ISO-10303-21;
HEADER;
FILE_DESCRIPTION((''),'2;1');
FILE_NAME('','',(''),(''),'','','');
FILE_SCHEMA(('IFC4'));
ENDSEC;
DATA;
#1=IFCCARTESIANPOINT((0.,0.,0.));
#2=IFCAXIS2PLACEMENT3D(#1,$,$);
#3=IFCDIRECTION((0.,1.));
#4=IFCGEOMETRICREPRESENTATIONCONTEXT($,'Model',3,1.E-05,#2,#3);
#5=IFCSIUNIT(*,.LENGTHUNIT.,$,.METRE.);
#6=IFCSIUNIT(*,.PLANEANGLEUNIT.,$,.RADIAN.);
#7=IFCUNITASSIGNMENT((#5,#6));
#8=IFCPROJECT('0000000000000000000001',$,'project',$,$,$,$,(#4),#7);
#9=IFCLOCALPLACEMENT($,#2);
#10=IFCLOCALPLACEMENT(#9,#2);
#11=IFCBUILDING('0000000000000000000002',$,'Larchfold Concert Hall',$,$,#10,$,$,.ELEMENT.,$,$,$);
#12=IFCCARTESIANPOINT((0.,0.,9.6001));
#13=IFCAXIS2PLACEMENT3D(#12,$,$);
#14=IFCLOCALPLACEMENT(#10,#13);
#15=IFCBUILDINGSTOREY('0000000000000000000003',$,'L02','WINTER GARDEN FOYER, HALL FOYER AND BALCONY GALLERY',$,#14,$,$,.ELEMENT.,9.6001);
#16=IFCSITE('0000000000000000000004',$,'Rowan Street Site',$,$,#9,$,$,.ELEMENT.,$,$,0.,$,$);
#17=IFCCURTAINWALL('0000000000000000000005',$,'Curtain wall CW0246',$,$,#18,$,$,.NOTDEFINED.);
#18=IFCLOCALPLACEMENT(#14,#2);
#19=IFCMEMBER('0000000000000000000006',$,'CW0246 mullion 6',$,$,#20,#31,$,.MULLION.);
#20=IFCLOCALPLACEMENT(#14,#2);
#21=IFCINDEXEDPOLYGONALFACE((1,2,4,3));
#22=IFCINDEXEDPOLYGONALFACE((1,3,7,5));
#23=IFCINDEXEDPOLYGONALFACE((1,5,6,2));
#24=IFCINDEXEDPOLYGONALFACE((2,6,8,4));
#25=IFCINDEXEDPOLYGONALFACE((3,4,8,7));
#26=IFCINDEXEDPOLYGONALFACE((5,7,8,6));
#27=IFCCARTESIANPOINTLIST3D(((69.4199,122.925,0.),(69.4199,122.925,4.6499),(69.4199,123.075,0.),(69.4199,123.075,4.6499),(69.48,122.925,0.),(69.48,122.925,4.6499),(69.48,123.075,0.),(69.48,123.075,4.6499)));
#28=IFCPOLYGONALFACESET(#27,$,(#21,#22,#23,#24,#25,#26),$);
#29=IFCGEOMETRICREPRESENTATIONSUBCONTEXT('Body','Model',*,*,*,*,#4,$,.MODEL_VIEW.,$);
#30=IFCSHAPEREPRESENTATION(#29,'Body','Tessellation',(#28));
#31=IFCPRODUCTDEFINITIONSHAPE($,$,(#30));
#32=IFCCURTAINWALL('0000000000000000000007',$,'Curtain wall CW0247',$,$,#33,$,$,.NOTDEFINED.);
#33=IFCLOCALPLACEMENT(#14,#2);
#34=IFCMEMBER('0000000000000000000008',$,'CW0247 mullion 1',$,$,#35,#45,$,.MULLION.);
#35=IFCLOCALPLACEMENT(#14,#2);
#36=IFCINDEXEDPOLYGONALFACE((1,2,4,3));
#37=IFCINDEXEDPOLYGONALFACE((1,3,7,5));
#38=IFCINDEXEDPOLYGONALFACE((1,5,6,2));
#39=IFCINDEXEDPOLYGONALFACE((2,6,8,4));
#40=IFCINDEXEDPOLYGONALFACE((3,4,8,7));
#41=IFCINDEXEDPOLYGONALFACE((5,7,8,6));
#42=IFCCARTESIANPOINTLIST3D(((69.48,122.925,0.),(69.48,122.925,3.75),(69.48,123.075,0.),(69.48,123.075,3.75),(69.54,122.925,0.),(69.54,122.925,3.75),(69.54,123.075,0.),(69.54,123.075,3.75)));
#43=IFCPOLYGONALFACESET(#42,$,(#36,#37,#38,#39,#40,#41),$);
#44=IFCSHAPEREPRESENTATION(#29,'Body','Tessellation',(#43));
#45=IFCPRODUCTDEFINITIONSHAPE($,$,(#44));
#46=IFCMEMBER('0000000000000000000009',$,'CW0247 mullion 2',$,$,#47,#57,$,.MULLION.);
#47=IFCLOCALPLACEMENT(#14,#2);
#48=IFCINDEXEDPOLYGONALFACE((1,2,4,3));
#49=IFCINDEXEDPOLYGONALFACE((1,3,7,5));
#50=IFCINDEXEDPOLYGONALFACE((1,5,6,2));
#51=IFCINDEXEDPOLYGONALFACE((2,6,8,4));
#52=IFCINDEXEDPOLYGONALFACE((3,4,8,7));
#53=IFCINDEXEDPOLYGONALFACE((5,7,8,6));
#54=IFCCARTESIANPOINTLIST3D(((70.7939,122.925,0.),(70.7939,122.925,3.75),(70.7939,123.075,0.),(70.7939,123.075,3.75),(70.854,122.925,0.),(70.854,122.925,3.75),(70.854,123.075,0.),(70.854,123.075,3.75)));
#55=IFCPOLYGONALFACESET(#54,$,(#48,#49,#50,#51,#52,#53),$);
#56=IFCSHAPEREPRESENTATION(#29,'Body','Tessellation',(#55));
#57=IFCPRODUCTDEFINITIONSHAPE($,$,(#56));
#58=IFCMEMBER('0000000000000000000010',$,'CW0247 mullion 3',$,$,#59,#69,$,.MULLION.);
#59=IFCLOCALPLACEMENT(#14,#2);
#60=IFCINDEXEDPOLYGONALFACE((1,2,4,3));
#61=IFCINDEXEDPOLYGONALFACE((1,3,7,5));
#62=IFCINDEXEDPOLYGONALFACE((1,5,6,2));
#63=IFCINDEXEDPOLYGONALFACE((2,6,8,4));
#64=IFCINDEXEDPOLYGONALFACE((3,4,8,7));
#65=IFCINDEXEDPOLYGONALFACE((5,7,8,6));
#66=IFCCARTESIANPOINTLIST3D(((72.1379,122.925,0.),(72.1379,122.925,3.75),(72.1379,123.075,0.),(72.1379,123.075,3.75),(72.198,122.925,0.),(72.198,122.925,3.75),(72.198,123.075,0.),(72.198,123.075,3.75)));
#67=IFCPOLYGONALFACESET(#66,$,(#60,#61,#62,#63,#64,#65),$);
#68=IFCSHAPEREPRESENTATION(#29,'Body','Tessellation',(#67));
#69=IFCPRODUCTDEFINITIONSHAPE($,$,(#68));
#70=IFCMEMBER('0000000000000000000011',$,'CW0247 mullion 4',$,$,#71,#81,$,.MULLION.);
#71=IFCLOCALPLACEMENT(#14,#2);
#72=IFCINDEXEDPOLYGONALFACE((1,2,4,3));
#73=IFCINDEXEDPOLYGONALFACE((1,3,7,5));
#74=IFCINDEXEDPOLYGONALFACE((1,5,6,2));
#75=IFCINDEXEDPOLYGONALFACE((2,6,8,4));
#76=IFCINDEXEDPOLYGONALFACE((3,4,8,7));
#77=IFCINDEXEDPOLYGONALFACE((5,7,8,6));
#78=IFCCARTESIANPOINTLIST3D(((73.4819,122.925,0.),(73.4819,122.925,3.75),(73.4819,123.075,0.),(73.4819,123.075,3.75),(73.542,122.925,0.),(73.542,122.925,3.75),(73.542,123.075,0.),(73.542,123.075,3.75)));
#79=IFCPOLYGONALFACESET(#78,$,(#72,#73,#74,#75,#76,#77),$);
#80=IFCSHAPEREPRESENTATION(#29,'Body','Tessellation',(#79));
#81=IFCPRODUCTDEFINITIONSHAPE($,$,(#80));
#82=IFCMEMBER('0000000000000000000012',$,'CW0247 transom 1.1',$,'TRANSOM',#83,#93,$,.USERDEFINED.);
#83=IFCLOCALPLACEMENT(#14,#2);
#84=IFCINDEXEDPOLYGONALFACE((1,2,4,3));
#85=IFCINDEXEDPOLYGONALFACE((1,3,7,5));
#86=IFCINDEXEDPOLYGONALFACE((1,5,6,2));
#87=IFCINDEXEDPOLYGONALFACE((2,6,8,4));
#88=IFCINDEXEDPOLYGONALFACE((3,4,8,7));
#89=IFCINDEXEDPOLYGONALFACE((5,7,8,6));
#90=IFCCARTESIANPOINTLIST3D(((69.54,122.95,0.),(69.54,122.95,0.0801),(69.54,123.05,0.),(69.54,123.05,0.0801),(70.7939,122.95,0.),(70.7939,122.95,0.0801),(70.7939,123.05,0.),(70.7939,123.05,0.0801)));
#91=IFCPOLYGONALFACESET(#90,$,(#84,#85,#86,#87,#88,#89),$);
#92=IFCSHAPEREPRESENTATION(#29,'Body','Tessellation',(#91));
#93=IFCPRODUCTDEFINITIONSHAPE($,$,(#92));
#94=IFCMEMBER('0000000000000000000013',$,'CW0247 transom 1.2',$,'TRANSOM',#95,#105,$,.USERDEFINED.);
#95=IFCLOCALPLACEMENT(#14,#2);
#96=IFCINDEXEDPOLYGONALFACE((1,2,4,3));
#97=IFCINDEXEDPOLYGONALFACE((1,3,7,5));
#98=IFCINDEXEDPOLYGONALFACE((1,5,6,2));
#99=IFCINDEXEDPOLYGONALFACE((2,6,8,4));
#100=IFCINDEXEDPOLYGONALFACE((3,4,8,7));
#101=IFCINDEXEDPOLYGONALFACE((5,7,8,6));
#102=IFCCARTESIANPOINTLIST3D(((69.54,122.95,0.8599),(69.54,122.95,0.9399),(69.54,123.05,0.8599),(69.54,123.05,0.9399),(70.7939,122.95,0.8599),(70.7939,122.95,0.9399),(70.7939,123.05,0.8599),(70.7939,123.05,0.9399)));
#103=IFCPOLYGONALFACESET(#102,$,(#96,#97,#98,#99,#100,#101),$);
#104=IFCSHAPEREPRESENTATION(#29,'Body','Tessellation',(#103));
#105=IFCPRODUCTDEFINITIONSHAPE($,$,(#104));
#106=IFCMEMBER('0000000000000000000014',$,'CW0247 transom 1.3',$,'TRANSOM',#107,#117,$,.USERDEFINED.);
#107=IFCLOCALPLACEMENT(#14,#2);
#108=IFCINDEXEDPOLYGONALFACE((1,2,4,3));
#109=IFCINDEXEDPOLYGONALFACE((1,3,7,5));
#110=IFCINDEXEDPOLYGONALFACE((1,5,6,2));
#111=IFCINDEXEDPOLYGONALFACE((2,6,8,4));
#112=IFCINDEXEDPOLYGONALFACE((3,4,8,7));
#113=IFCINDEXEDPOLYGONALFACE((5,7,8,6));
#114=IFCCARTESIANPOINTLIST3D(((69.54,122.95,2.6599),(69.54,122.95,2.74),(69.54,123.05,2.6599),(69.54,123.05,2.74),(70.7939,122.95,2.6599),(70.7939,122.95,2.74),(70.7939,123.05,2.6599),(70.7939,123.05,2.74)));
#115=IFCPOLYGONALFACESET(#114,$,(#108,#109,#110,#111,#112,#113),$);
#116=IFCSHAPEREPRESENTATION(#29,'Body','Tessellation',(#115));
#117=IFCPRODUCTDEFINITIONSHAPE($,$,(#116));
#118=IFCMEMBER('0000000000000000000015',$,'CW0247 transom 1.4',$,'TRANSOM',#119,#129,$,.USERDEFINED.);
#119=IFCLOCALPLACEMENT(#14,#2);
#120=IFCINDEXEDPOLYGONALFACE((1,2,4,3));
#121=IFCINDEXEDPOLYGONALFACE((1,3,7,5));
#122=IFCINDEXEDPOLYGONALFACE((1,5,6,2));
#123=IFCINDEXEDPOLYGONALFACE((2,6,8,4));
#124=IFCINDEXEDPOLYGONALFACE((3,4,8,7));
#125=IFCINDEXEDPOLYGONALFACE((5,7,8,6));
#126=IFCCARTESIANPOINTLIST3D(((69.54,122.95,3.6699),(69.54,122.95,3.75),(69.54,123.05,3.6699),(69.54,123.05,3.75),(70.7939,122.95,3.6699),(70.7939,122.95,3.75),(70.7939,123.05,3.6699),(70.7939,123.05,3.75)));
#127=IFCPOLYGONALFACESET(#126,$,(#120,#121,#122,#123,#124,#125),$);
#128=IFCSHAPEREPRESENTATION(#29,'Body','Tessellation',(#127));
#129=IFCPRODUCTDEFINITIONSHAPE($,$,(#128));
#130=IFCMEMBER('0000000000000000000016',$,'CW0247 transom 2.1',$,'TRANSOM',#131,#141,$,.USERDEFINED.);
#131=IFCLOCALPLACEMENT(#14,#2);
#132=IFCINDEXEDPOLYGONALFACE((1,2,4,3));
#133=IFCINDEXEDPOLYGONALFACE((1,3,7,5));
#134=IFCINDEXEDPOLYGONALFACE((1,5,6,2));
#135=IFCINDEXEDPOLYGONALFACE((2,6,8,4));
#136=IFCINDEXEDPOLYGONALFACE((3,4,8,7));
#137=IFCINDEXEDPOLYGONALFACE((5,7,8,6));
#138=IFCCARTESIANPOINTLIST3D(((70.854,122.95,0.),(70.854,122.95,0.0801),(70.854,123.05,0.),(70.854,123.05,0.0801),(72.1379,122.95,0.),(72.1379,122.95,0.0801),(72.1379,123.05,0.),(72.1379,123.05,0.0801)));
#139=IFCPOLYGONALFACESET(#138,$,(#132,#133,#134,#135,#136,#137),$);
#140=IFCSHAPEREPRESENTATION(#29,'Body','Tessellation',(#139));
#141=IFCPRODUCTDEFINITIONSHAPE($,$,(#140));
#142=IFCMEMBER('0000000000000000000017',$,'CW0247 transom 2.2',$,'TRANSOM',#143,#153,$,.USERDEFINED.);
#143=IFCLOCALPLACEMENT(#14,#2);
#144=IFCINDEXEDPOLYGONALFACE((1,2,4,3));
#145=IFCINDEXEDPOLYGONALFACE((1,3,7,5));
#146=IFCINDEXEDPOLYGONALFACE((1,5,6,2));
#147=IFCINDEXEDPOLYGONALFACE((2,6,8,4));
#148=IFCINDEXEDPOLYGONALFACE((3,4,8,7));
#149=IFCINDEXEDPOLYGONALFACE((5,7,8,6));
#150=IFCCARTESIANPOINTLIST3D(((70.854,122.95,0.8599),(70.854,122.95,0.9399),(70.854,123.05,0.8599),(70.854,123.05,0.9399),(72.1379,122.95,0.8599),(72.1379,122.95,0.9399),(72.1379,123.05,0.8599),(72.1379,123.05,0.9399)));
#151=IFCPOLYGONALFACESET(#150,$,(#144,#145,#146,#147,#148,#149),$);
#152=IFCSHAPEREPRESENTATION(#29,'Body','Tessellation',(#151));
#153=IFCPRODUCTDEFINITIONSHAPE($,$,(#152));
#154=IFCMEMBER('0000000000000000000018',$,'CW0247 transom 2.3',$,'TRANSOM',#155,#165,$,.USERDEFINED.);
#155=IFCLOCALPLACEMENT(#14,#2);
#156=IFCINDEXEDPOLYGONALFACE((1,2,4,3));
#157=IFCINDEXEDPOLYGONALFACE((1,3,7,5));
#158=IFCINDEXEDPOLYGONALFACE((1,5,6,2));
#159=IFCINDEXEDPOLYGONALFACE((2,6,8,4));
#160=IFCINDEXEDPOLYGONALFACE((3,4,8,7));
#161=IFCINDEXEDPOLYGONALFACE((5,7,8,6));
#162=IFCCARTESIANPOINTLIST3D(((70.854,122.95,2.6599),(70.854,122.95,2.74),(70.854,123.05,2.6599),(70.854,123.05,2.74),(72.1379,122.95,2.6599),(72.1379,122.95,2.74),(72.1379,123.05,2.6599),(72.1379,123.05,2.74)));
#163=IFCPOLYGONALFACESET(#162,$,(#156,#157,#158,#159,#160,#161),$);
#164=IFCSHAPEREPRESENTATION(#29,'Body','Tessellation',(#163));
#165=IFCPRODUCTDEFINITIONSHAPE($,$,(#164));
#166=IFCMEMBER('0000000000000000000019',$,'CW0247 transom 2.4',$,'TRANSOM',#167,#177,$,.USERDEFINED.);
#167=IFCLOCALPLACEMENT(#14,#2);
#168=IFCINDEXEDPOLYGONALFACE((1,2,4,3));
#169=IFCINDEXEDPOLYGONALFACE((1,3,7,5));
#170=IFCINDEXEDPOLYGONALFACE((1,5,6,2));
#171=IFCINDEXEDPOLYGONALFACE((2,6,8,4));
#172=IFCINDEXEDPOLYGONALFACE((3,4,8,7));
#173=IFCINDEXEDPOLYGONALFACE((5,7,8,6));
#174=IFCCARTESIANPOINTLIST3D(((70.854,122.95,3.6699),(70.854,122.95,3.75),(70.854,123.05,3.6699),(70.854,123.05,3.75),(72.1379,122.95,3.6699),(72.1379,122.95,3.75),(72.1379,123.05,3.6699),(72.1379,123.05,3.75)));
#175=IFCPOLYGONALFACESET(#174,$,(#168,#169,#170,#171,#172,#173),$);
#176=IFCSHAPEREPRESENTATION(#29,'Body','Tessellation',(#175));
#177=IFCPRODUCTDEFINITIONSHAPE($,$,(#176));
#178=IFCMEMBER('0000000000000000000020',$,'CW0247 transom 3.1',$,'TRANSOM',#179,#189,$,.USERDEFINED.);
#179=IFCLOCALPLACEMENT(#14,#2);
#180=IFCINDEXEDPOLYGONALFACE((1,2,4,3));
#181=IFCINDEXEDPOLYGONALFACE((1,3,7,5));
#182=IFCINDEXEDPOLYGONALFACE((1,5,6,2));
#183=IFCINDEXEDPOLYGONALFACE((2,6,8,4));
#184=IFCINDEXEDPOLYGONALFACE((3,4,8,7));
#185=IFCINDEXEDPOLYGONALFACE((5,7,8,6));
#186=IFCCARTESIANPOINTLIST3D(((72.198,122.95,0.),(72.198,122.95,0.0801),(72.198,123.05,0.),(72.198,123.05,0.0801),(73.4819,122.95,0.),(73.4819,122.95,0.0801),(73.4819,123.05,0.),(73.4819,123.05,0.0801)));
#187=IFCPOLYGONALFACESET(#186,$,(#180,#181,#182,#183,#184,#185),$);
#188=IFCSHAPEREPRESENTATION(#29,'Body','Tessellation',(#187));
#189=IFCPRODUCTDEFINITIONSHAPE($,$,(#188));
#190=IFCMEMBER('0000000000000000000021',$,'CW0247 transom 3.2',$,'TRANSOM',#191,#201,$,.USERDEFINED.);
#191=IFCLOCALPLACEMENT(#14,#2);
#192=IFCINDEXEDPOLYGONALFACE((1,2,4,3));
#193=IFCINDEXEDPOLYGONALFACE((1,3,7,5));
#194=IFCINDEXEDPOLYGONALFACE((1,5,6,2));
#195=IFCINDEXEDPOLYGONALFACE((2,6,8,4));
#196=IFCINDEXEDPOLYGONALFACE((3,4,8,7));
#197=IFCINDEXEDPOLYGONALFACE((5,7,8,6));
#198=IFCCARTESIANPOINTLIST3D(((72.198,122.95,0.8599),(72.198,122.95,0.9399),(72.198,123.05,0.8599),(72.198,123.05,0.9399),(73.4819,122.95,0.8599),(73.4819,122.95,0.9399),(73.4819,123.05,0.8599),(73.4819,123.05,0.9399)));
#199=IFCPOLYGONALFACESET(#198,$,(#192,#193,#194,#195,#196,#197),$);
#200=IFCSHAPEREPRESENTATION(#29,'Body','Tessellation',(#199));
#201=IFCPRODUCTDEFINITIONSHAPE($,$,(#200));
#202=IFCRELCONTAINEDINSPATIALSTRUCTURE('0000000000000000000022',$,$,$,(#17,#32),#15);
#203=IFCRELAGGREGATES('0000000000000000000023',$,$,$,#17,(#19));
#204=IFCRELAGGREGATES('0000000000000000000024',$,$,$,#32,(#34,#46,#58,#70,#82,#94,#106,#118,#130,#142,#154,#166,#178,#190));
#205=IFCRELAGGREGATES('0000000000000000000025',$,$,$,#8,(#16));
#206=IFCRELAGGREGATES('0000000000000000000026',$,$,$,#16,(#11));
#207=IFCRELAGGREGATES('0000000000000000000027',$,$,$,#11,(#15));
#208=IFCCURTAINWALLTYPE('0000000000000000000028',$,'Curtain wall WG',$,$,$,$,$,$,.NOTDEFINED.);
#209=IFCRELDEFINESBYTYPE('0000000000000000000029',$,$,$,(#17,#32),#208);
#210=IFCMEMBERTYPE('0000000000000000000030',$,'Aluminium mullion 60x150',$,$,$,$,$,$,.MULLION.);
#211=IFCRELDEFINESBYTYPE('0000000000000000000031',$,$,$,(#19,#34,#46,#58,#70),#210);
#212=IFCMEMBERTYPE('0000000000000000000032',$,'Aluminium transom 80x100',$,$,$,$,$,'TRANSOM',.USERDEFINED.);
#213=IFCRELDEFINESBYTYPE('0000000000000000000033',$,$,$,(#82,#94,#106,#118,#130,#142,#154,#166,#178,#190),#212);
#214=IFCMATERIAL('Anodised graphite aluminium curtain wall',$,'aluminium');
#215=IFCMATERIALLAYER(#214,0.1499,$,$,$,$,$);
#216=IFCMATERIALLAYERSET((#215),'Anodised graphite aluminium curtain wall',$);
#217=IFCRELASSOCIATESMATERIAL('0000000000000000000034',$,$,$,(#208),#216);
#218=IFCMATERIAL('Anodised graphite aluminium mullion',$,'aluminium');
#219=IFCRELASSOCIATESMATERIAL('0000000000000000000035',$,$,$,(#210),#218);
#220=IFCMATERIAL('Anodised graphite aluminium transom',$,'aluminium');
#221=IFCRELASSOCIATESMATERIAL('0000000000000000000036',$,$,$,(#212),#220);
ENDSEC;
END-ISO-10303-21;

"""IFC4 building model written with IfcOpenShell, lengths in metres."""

from ifc_helpers import new_model, si_unit, direction, frame, origin, origin_2d, place, context, subcontext, project, spatial, rectangle, extrude, material, layer, layer_set, material_profile, profile_set, type_object, element, aggregate, save


model = new_model("IFC4")

# Units and contexts
model_context = context("Model", 3, precision=1e-05, world=origin(), true_north=direction((0.0, 1.0)))
body_context = subcontext(model_context, "Body", "Model", "MODEL_VIEW")
ifc_project = project(units=[si_unit("LENGTHUNIT", "METRE"), si_unit("PLANEANGLEUNIT", "RADIAN")], contexts=[model_context])

# Site, building, storey
site_placement = place(None, origin())
site = spatial("IfcSite", under=ifc_project, at=site_placement, Name="Rowan Street Site", CompositionType="ELEMENT", RefElevation=0.0)
building_placement = place(site_placement, origin())
building = spatial("IfcBuilding", under=site, at=building_placement, Name="Larchfold Concert Hall", CompositionType="ELEMENT")
storey_placement = place(building_placement, frame((0.0, 0.0, 9.6001)))
storey = spatial("IfcBuildingStorey", under=building, at=storey_placement, Name="L02", Description="WINTER GARDEN FOYER, HALL FOYER AND BALCONY GALLERY", CompositionType="ELEMENT", Elevation=9.6001)

# Curtain wall, member
ifc_material_1 = material(Name="Anodised graphite aluminium curtain wall", Category="aluminium")
ifc_layer_1 = layer(ifc_material_1, 0.1499)
ifc_layer_set_1 = layer_set([ifc_layer_1], Name="Anodised graphite aluminium curtain wall")
curtain_wall_type = type_object("IfcCurtainWallType", Name="Curtain wall WG", PredefinedType="NOTDEFINED", material=ifc_layer_set_1)
curtain_wall_1_placement = place(storey_placement, origin())
curtain_wall_1 = element("IfcCurtainWall", 1, at=curtain_wall_1_placement, inside=storey, type_object=curtain_wall_type, Name="Curtain wall CW0246", PredefinedType="NOTDEFINED")
ifc_material_2 = material(Name="Anodised graphite aluminium mullion", Category="aluminium")
ifc_material_profile_1 = material_profile(ifc_material_2, rectangle(XDim=0.1499, YDim=0.0601, at=origin_2d()))
ifc_profile_set_1 = profile_set([ifc_material_profile_1], Name="Anodised graphite aluminium mullion")
member_type_1 = type_object("IfcMemberType", Name="Aluminium mullion 60x150", PredefinedType="MULLION", material=ifc_profile_set_1)
member_1_placement = place(storey_placement, frame((69.45, 123.0, 0.0), z_axis=(0.0, 0.0, 1.0), x_axis=(0.0, 1.0, 0.0)))
member_1 = element("IfcMember", 2, at=member_1_placement, type_object=member_type_1, Name="CW0246 mullion 6", PredefinedType="MULLION", context=body_context, shape_type="SweptSolid", body=[
    extrude(rectangle(XDim=0.1499, YDim=0.0601, at=origin_2d()), origin(), (0.0, 0.0, 1.0), 4.6499),
])
aggregate(curtain_wall_1, [member_1])

# Curtain wall, members
curtain_wall_2_placement = place(storey_placement, origin())
curtain_wall_2 = element("IfcCurtainWall", 3, at=curtain_wall_2_placement, inside=storey, type_object=curtain_wall_type, Name="Curtain wall CW0247", PredefinedType="NOTDEFINED")
member_2_placement = place(storey_placement, frame((69.51, 123.0, 0.0), z_axis=(0.0, 0.0, 1.0), x_axis=(0.0, 1.0, 0.0)))
member_2 = element("IfcMember", 4, at=member_2_placement, type_object=member_type_1, Name="CW0247 mullion 1", PredefinedType="MULLION", context=body_context, shape_type="SweptSolid", body=[
    extrude(rectangle(XDim=0.1499, YDim=0.0601, at=origin_2d()), origin(), (0.0, 0.0, 1.0), 3.75),
])
member_3_placement = place(storey_placement, frame((70.824, 123.0, 0.0), z_axis=(0.0, 0.0, 1.0), x_axis=(0.0, 1.0, 0.0)))
member_3 = element("IfcMember", 5, at=member_3_placement, type_object=member_type_1, Name="CW0247 mullion 2", PredefinedType="MULLION", context=body_context, shape_type="SweptSolid", body=[
    extrude(rectangle(XDim=0.1499, YDim=0.0601, at=origin_2d()), origin(), (0.0, 0.0, 1.0), 3.75),
])
member_4_placement = place(storey_placement, frame((72.168, 123.0, 0.0), z_axis=(0.0, 0.0, 1.0), x_axis=(0.0, 1.0, 0.0)))
member_4 = element("IfcMember", 6, at=member_4_placement, type_object=member_type_1, Name="CW0247 mullion 3", PredefinedType="MULLION", context=body_context, shape_type="SweptSolid", body=[
    extrude(rectangle(XDim=0.1499, YDim=0.0601, at=origin_2d()), origin(), (0.0, 0.0, 1.0), 3.75),
])
member_5_placement = place(storey_placement, frame((73.512, 123.0, 0.0), z_axis=(0.0, 0.0, 1.0), x_axis=(0.0, 1.0, 0.0)))
member_5 = element("IfcMember", 7, at=member_5_placement, type_object=member_type_1, Name="CW0247 mullion 4", PredefinedType="MULLION", context=body_context, shape_type="SweptSolid", body=[
    extrude(rectangle(XDim=0.1499, YDim=0.0601, at=origin_2d()), origin(), (0.0, 0.0, 1.0), 3.75),
])
ifc_material_3 = material(Name="Anodised graphite aluminium transom", Category="aluminium")
ifc_material_profile_2 = material_profile(ifc_material_3, rectangle(XDim=0.1001, YDim=0.0801, at=origin_2d()))
ifc_profile_set_2 = profile_set([ifc_material_profile_2], Name="Anodised graphite aluminium transom")
member_type_2 = type_object("IfcMemberType", Name="Aluminium transom 80x100", ElementType="TRANSOM", PredefinedType="USERDEFINED", material=ifc_profile_set_2)
member_6_placement = place(storey_placement, frame((69.54, 123.0, 0.04), z_axis=(1.0, 0.0, 0.0), x_axis=(0.0, 1.0, 0.0)))
member_6 = element("IfcMember", 8, at=member_6_placement, type_object=member_type_2, Name="CW0247 transom 1.1", ObjectType="TRANSOM", PredefinedType="USERDEFINED", context=body_context, shape_type="SweptSolid", body=[
    extrude(rectangle(XDim=0.1001, YDim=0.0801, at=origin_2d()), origin(), (0.0, 0.0, 1.0), 1.2539),
])
member_7_placement = place(storey_placement, frame((69.54, 123.0, 0.8999), z_axis=(1.0, 0.0, 0.0), x_axis=(0.0, 1.0, 0.0)))
member_7 = element("IfcMember", 9, at=member_7_placement, type_object=member_type_2, Name="CW0247 transom 1.2", ObjectType="TRANSOM", PredefinedType="USERDEFINED", context=body_context, shape_type="SweptSolid", body=[
    extrude(rectangle(XDim=0.1001, YDim=0.0801, at=origin_2d()), origin(), (0.0, 0.0, 1.0), 1.2539),
])
member_8_placement = place(storey_placement, frame((69.54, 123.0, 2.7), z_axis=(1.0, 0.0, 0.0), x_axis=(0.0, 1.0, 0.0)))
member_8 = element("IfcMember", 10, at=member_8_placement, type_object=member_type_2, Name="CW0247 transom 1.3", ObjectType="TRANSOM", PredefinedType="USERDEFINED", context=body_context, shape_type="SweptSolid", body=[
    extrude(rectangle(XDim=0.1001, YDim=0.0801, at=origin_2d()), origin(), (0.0, 0.0, 1.0), 1.2539),
])
member_9_placement = place(storey_placement, frame((69.54, 123.0, 3.71), z_axis=(1.0, 0.0, 0.0), x_axis=(0.0, 1.0, 0.0)))
member_9 = element("IfcMember", 11, at=member_9_placement, type_object=member_type_2, Name="CW0247 transom 1.4", ObjectType="TRANSOM", PredefinedType="USERDEFINED", context=body_context, shape_type="SweptSolid", body=[
    extrude(rectangle(XDim=0.1001, YDim=0.0801, at=origin_2d()), origin(), (0.0, 0.0, 1.0), 1.2539),
])
member_10_placement = place(storey_placement, frame((70.854, 123.0, 0.04), z_axis=(1.0, 0.0, 0.0), x_axis=(0.0, 1.0, 0.0)))
member_10 = element("IfcMember", 12, at=member_10_placement, type_object=member_type_2, Name="CW0247 transom 2.1", ObjectType="TRANSOM", PredefinedType="USERDEFINED", context=body_context, shape_type="SweptSolid", body=[
    extrude(rectangle(XDim=0.1001, YDim=0.0801, at=origin_2d()), origin(), (0.0, 0.0, 1.0), 1.2839),
])
member_11_placement = place(storey_placement, frame((70.854, 123.0, 0.8999), z_axis=(1.0, 0.0, 0.0), x_axis=(0.0, 1.0, 0.0)))
member_11 = element("IfcMember", 13, at=member_11_placement, type_object=member_type_2, Name="CW0247 transom 2.2", ObjectType="TRANSOM", PredefinedType="USERDEFINED", context=body_context, shape_type="SweptSolid", body=[
    extrude(rectangle(XDim=0.1001, YDim=0.0801, at=origin_2d()), origin(), (0.0, 0.0, 1.0), 1.2839),
])
member_12_placement = place(storey_placement, frame((70.854, 123.0, 2.7), z_axis=(1.0, 0.0, 0.0), x_axis=(0.0, 1.0, 0.0)))
member_12 = element("IfcMember", 14, at=member_12_placement, type_object=member_type_2, Name="CW0247 transom 2.3", ObjectType="TRANSOM", PredefinedType="USERDEFINED", context=body_context, shape_type="SweptSolid", body=[
    extrude(rectangle(XDim=0.1001, YDim=0.0801, at=origin_2d()), origin(), (0.0, 0.0, 1.0), 1.2839),
])
member_13_placement = place(storey_placement, frame((70.854, 123.0, 3.71), z_axis=(1.0, 0.0, 0.0), x_axis=(0.0, 1.0, 0.0)))
member_13 = element("IfcMember", 15, at=member_13_placement, type_object=member_type_2, Name="CW0247 transom 2.4", ObjectType="TRANSOM", PredefinedType="USERDEFINED", context=body_context, shape_type="SweptSolid", body=[
    extrude(rectangle(XDim=0.1001, YDim=0.0801, at=origin_2d()), origin(), (0.0, 0.0, 1.0), 1.2839),
])
member_14_placement = place(storey_placement, frame((72.198, 123.0, 0.04), z_axis=(1.0, 0.0, 0.0), x_axis=(0.0, 1.0, 0.0)))
member_14 = element("IfcMember", 16, at=member_14_placement, type_object=member_type_2, Name="CW0247 transom 3.1", ObjectType="TRANSOM", PredefinedType="USERDEFINED", context=body_context, shape_type="SweptSolid", body=[
    extrude(rectangle(XDim=0.1001, YDim=0.0801, at=origin_2d()), origin(), (0.0, 0.0, 1.0), 1.2839),
])
member_15_placement = place(storey_placement, frame((72.198, 123.0, 0.8999), z_axis=(1.0, 0.0, 0.0), x_axis=(0.0, 1.0, 0.0)))
member_15 = element("IfcMember", 17, at=member_15_placement, type_object=member_type_2, Name="CW0247 transom 3.2", ObjectType="TRANSOM", PredefinedType="USERDEFINED", context=body_context, shape_type="SweptSolid", body=[
    extrude(rectangle(XDim=0.1001, YDim=0.0801, at=origin_2d()), origin(), (0.0, 0.0, 1.0), 1.2839),
])
aggregate(curtain_wall_2, [member_2, member_3, member_4, member_5, member_6, member_7, member_8, member_9, member_10, member_11, member_12, member_13, member_14, member_15])

save(model, "model.ifc")
